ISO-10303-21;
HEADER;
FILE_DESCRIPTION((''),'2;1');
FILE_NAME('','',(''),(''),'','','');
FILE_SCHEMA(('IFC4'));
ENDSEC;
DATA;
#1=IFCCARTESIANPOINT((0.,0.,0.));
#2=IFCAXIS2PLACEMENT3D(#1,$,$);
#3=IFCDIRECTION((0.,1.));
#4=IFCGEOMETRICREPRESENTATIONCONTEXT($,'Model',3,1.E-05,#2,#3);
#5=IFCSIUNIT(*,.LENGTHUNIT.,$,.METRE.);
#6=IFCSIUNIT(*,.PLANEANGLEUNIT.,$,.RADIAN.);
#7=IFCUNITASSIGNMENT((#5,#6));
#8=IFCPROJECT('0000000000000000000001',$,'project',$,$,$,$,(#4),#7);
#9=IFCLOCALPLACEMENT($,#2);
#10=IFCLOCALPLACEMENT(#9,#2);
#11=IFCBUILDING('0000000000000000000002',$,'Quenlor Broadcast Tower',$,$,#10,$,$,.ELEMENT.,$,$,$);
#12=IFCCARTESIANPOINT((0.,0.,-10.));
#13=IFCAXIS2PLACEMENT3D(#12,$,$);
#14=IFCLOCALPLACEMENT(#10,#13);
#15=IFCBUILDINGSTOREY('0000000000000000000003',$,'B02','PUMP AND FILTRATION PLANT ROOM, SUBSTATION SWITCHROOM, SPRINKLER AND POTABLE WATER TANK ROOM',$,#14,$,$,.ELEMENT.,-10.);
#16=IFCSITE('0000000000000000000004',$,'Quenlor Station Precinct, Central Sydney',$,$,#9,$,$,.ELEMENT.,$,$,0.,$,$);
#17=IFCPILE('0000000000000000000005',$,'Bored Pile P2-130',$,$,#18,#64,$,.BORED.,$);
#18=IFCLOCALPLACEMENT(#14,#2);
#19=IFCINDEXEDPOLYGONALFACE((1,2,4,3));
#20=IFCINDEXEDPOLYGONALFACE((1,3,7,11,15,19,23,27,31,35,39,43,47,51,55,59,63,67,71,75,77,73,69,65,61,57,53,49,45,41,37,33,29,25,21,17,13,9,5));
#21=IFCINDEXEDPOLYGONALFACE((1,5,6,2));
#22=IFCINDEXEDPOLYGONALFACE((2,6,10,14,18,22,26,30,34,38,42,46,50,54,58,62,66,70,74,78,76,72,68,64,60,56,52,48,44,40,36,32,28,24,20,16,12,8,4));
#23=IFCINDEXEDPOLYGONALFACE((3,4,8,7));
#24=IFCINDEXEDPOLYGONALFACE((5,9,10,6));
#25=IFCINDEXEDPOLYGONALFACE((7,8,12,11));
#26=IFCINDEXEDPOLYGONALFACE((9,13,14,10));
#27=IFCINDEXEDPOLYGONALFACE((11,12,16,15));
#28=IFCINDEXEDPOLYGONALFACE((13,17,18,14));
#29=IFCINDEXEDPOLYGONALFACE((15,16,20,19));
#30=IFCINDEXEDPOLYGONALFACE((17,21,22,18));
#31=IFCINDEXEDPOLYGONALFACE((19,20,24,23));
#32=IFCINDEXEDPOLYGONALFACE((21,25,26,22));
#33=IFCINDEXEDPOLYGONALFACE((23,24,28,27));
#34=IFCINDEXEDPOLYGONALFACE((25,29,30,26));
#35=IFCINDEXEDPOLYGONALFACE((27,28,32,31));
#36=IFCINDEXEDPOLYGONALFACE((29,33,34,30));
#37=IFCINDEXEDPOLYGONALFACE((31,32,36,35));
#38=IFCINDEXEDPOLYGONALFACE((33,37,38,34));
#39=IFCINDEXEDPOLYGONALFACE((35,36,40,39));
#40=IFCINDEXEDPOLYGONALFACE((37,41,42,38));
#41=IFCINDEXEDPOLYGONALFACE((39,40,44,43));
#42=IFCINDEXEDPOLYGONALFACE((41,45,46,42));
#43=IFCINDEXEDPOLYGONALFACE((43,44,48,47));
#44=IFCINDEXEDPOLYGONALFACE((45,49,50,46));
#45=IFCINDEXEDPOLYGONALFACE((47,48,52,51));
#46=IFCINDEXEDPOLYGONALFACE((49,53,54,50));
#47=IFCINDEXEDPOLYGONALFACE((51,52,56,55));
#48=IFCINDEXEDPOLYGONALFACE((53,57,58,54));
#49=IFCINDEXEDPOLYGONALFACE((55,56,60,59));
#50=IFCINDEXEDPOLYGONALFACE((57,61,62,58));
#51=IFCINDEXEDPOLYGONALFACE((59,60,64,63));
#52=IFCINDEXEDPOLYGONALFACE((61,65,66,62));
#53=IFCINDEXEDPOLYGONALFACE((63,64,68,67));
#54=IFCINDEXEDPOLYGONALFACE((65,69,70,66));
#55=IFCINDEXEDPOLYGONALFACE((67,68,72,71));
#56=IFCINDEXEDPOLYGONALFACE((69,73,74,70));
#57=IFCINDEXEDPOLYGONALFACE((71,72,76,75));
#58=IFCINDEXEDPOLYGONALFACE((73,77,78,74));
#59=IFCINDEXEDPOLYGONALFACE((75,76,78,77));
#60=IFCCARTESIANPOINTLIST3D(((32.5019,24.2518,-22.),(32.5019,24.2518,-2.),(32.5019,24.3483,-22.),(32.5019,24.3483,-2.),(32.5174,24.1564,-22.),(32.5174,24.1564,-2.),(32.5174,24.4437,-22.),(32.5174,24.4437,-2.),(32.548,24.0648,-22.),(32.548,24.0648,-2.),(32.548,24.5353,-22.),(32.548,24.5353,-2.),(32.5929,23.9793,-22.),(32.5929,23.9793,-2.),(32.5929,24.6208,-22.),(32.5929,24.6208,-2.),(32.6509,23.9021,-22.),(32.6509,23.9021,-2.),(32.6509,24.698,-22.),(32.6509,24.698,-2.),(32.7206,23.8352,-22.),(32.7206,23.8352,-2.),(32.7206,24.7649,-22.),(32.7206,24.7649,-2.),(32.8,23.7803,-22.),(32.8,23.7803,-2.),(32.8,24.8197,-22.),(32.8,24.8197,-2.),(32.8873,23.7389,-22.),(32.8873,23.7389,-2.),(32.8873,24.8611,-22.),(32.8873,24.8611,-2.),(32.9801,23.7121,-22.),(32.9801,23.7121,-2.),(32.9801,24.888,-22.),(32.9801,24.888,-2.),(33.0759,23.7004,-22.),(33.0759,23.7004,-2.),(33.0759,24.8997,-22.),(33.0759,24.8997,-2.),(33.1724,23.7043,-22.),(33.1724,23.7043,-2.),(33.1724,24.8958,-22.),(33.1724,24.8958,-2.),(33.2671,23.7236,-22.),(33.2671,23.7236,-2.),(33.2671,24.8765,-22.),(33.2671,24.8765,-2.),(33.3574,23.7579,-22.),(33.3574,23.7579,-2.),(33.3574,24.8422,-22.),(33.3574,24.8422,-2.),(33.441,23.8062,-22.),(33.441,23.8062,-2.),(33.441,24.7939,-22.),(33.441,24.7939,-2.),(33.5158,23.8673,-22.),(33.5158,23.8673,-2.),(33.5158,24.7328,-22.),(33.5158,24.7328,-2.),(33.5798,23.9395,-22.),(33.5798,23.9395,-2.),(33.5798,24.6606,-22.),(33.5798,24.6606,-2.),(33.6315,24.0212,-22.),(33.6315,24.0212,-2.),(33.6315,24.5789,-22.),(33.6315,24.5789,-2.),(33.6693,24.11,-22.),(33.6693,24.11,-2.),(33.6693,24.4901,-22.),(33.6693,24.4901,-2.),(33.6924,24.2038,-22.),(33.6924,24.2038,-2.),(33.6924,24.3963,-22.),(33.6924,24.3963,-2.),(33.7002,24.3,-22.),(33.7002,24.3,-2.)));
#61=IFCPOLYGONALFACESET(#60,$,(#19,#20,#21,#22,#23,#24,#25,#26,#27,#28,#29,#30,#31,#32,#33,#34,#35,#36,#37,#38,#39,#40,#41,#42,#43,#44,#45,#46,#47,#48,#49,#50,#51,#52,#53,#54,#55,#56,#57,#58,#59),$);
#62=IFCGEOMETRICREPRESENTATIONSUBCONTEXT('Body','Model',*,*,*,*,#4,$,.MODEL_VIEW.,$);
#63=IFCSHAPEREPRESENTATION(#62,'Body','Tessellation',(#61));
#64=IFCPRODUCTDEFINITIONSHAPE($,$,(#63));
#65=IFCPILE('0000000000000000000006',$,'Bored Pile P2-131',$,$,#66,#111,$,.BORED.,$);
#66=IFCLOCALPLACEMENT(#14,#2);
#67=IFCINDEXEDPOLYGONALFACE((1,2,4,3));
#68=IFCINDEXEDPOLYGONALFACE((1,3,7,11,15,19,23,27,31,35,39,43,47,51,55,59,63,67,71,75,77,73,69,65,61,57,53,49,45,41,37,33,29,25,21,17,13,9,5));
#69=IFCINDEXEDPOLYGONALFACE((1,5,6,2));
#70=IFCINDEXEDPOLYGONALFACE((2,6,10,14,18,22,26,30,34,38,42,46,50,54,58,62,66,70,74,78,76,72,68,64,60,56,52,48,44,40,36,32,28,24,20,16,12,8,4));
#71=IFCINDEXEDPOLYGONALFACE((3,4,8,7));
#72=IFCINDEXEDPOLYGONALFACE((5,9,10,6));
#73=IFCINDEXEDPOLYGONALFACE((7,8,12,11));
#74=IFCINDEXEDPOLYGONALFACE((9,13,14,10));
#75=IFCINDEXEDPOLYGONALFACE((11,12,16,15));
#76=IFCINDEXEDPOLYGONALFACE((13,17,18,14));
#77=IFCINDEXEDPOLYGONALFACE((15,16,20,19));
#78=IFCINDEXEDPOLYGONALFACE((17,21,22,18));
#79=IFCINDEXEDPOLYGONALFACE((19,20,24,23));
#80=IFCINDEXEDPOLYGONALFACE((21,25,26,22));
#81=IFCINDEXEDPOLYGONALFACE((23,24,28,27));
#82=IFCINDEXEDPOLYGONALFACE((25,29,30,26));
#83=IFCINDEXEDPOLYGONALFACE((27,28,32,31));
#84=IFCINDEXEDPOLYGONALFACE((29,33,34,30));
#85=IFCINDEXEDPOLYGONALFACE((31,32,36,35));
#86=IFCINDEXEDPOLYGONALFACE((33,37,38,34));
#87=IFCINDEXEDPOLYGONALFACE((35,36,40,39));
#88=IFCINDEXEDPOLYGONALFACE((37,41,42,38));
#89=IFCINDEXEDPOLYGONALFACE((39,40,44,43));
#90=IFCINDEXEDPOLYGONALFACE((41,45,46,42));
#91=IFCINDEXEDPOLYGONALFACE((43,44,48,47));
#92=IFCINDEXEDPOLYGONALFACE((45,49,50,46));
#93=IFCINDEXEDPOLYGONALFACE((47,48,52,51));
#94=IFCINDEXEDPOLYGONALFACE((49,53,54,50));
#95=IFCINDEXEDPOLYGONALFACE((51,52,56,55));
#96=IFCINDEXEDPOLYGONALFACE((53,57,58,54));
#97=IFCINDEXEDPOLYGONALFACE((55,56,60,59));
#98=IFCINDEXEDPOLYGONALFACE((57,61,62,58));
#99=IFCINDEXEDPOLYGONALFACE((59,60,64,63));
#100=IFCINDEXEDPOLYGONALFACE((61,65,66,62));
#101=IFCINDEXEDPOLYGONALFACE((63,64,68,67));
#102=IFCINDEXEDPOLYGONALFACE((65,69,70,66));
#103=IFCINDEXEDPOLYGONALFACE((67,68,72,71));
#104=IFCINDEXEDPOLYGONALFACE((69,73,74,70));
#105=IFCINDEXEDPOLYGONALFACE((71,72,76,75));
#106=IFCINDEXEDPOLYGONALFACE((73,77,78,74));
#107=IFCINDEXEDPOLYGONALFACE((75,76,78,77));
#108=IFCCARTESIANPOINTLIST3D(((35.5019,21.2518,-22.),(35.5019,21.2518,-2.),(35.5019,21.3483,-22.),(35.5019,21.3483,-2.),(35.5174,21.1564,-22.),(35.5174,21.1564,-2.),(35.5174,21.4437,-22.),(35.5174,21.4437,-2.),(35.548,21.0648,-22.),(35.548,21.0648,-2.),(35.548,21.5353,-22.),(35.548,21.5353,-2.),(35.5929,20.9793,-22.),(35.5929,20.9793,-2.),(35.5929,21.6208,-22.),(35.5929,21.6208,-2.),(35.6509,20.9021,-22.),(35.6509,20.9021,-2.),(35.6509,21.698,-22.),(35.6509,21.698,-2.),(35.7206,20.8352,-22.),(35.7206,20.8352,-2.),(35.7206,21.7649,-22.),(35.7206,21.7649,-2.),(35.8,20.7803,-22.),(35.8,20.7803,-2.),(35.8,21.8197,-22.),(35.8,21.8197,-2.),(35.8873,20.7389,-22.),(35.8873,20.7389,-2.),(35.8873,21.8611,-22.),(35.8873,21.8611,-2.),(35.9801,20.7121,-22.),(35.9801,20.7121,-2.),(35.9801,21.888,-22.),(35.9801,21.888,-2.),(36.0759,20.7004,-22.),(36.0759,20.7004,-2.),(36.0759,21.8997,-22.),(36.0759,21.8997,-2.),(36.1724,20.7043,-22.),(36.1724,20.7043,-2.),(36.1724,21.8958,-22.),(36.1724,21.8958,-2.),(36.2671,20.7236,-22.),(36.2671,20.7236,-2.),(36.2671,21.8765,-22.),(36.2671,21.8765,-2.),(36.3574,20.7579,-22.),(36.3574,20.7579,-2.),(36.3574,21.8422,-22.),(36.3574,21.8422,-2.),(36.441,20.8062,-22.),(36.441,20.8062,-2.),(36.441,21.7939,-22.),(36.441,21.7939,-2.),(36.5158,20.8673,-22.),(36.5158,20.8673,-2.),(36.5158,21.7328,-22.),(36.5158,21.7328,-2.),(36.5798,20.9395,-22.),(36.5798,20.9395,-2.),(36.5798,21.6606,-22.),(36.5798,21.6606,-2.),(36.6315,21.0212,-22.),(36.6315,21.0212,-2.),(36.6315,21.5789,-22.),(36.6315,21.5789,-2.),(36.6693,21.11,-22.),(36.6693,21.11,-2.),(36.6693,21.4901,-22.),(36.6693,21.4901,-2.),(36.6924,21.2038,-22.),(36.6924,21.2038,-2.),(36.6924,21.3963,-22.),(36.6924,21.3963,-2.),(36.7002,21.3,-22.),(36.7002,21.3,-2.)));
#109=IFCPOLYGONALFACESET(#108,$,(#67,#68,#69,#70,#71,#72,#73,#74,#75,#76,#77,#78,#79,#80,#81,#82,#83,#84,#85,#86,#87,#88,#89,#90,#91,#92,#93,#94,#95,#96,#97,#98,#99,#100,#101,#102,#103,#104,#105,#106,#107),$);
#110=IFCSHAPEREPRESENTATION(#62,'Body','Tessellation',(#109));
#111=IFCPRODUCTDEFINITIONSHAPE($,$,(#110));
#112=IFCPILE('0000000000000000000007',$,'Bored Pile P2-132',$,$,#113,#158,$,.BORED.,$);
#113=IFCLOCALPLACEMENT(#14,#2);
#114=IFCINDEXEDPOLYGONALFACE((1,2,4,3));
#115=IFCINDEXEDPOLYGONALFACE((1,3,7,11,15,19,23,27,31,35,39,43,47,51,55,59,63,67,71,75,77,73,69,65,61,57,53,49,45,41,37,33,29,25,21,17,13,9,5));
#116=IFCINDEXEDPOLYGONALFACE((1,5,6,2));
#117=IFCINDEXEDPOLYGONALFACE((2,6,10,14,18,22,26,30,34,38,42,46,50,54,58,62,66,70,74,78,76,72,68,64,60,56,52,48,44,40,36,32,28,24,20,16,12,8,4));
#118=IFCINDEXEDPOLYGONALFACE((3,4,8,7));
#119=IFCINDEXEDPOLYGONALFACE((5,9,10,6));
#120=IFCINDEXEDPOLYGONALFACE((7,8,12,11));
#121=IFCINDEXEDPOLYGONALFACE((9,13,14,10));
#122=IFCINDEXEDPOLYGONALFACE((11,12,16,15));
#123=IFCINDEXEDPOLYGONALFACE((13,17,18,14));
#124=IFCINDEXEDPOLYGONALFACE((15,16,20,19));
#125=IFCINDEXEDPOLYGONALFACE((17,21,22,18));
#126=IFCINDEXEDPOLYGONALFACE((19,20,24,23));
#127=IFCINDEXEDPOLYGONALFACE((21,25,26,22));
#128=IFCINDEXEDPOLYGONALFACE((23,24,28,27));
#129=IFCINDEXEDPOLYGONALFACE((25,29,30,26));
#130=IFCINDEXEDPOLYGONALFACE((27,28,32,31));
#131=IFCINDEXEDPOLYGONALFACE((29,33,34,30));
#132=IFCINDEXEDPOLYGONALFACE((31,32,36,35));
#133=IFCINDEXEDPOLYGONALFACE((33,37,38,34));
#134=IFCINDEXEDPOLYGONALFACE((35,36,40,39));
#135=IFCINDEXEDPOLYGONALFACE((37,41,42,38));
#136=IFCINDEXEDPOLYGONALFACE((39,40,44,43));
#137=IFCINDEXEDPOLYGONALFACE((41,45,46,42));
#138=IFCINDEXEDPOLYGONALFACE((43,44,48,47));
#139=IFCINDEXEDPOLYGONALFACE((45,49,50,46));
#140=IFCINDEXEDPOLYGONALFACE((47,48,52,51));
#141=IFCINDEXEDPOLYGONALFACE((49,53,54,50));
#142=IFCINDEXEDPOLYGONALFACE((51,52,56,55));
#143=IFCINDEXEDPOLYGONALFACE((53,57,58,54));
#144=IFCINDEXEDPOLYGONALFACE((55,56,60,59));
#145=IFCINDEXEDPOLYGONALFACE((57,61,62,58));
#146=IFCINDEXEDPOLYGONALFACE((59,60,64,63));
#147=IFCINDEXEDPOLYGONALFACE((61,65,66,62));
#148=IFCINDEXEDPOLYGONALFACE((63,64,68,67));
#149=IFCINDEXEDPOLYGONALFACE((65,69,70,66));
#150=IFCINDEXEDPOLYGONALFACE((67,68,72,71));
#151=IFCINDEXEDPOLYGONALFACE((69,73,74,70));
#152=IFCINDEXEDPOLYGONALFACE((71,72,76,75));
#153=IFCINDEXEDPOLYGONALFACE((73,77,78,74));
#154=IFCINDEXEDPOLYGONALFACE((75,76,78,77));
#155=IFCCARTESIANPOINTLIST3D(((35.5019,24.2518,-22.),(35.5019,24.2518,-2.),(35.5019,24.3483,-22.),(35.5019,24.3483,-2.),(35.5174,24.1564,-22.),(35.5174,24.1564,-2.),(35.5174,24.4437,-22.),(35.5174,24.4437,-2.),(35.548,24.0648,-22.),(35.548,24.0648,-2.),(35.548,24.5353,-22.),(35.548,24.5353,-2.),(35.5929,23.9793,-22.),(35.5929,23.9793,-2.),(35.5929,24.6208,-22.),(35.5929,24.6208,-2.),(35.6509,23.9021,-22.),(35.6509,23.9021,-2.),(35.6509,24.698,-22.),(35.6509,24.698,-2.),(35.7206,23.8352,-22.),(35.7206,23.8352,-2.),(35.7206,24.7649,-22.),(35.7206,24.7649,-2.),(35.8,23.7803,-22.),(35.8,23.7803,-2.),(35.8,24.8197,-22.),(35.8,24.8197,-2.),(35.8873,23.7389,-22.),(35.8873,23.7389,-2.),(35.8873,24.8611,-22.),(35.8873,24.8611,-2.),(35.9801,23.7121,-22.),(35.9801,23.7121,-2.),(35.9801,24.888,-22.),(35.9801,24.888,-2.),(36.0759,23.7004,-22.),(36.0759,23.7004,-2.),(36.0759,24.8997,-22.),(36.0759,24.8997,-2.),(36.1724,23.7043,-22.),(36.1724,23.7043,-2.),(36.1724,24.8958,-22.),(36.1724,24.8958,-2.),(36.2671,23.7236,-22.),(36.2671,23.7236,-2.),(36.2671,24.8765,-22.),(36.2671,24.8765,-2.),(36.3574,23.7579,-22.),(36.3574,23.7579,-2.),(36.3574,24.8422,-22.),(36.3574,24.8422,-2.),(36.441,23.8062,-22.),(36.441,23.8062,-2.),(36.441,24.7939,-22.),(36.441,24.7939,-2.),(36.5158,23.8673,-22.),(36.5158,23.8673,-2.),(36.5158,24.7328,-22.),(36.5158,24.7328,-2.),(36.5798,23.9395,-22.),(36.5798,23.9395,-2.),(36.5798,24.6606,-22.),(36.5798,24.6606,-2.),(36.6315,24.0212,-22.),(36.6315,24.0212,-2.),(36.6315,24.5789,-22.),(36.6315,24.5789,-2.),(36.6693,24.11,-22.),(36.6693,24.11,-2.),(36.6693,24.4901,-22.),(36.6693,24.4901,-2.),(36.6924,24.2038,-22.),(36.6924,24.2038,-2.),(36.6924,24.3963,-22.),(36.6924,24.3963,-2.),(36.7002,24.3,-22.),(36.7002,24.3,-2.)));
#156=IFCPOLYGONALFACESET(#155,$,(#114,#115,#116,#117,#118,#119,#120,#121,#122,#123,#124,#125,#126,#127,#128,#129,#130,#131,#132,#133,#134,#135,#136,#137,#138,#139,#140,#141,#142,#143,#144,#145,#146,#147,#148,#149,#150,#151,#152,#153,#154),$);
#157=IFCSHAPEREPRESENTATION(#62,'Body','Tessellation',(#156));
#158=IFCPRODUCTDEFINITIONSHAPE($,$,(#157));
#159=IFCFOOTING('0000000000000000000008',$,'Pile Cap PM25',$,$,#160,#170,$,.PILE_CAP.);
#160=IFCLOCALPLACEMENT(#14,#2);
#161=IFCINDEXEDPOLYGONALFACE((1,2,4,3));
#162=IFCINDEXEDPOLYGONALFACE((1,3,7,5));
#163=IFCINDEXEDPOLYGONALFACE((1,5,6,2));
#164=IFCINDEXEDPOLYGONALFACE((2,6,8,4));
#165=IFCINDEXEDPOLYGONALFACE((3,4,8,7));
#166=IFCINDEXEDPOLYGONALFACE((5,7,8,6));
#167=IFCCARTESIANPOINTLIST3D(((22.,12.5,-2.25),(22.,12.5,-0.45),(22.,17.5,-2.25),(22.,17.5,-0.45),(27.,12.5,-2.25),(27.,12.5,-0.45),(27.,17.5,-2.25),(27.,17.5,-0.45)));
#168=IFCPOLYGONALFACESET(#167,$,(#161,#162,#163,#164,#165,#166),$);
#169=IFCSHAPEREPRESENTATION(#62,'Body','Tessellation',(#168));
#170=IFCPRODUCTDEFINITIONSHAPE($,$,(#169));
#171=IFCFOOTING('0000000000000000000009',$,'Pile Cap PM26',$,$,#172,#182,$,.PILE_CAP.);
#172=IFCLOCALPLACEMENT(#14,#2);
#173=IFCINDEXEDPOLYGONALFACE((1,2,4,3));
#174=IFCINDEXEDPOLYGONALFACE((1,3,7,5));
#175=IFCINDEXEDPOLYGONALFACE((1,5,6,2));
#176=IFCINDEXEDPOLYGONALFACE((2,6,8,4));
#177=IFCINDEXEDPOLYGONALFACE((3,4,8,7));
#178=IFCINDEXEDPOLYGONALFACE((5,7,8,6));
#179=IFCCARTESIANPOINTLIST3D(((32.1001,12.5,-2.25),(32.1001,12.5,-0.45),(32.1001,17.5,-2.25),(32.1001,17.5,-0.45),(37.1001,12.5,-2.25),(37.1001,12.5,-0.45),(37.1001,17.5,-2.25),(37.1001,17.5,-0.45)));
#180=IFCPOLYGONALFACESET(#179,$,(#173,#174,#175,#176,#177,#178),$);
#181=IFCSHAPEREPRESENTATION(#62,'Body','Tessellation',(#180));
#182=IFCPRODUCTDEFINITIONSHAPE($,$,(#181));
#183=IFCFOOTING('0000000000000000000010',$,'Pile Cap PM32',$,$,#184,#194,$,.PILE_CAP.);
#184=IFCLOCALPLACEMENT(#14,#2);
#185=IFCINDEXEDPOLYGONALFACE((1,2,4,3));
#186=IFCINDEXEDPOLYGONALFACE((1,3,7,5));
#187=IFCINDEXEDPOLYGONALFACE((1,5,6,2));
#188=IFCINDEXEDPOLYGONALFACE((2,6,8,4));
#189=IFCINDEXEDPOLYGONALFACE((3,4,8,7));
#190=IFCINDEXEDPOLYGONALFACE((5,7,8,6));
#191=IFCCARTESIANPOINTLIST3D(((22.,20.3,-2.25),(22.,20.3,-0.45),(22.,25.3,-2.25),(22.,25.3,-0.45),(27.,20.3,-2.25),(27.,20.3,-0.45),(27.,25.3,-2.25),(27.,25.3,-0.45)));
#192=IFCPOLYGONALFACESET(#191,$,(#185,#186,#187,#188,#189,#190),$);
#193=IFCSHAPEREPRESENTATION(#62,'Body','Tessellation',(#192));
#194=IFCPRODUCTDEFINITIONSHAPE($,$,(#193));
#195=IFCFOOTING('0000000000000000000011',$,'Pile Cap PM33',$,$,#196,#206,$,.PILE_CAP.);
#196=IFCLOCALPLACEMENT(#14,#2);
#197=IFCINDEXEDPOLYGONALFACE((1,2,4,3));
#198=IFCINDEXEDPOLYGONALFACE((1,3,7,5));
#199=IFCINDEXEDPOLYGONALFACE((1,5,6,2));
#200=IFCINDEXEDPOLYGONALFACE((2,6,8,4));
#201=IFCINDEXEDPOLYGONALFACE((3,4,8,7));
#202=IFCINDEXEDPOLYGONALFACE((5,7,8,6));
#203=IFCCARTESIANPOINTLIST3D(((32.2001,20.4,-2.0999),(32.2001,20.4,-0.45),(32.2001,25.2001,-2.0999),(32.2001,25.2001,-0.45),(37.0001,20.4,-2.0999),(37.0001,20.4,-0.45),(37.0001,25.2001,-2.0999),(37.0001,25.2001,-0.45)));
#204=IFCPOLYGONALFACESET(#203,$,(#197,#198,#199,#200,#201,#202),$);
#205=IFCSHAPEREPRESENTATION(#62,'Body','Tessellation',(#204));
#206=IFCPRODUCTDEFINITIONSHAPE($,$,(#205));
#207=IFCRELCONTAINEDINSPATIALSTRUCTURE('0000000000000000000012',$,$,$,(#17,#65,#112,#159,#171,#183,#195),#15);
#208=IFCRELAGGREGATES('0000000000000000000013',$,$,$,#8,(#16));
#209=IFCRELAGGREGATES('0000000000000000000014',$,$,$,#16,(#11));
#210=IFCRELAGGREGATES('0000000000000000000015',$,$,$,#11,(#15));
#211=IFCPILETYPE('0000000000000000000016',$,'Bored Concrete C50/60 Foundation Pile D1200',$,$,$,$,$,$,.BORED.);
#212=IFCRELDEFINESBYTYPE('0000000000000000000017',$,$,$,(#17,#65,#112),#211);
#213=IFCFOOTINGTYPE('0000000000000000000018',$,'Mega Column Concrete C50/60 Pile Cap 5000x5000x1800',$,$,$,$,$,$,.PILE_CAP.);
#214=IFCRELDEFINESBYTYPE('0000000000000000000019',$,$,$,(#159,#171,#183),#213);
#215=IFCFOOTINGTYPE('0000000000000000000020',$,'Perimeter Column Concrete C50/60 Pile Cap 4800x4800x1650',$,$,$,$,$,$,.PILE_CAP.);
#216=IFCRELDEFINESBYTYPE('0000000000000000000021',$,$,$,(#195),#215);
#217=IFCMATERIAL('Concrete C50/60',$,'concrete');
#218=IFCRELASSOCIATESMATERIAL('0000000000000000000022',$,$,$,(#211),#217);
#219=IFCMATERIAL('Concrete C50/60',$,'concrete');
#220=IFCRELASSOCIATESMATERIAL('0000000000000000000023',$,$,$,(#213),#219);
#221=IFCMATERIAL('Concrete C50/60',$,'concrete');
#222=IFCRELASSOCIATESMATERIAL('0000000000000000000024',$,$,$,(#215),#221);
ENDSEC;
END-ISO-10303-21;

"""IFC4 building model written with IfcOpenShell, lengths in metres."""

from ifc_helpers import new_model, si_unit, direction, frame, origin, origin_2d, place, context, subcontext, project, spatial, rectangle, circle, extrude, material, material_profile, profile_set, type_object, element, save


model = new_model("IFC4")

# Units and contexts
model_context = context("Model", 3, precision=1e-05, world=origin(), true_north=direction((0.0, 1.0)))
body_context = subcontext(model_context, "Body", "Model", "MODEL_VIEW")
ifc_project = project(units=[si_unit("LENGTHUNIT", "METRE"), si_unit("PLANEANGLEUNIT", "RADIAN")], contexts=[model_context])

# Site, building, storey
site_placement = place(None, origin())
site = spatial("IfcSite", under=ifc_project, at=site_placement, Name="Quenlor Station Precinct, Central Sydney", CompositionType="ELEMENT", RefElevation=0.0)
building_placement = place(site_placement, origin())
building = spatial("IfcBuilding", under=site, at=building_placement, Name="Quenlor Broadcast Tower", CompositionType="ELEMENT")
storey_placement = place(building_placement, frame((0.0, 0.0, -10.0)))
storey = spatial("IfcBuildingStorey", under=building, at=storey_placement, Name="B02", Description="PUMP AND FILTRATION PLANT ROOM, SUBSTATION SWITCHROOM, SPRINKLER AND POTABLE WATER TANK ROOM", CompositionType="ELEMENT", Elevation=-10.0)

# Piles
ifc_material_1 = material(Name="Concrete C50/60", Category="concrete")
ifc_material_profile_1 = material_profile(ifc_material_1, circle(Radius=0.6001, at=origin_2d()))
ifc_profile_set_1 = profile_set([ifc_material_profile_1], Name="Concrete C50/60 PILE1200")
pile_type = type_object("IfcPileType", Name="Bored Concrete C50/60 Foundation Pile D1200", PredefinedType="BORED", material=ifc_profile_set_1)
for number, where, z_axis, x_axis, name in (
    (1, (33.1001, 24.3, -2.0), (0.0, 0.0, -1.0), (1.0, 0.0, 0.0), "Bored Pile P2-130"),
    (2, (36.1001, 21.3, -2.0), (0.0, 0.0, -1.0), (1.0, 0.0, 0.0), "Bored Pile P2-131"),
    (3, (36.1001, 24.3, -2.0), (0.0, 0.0, -1.0), (1.0, 0.0, 0.0), "Bored Pile P2-132"),
):
    element("IfcPile", number, at=place(storey_placement, frame(where, z_axis=z_axis, x_axis=x_axis)), inside=storey, type_object=pile_type, Name=name, PredefinedType="BORED", context=body_context, shape_type="SweptSolid", body=[
        extrude(circle(Radius=0.6001, at=origin_2d()), origin(), (0.0, 0.0, 1.0), 20.0),
    ])

# Footings
ifc_material_2 = material(Name="Concrete C50/60", Category="concrete")
footing_type_1 = type_object("IfcFootingType", Name="Mega Column Concrete C50/60 Pile Cap 5000x5000x1800", PredefinedType="PILE_CAP", material=ifc_material_2)
for number, where, z_axis, x_axis, name in (
    (4, (24.5, 15.0, -2.25), (0.0, 0.0, 1.0), (1.0, 0.0, 0.0), "Pile Cap PM25"),
    (5, (34.6001, 15.0, -2.25), (0.0, 0.0, 1.0), (1.0, 0.0, 0.0), "Pile Cap PM26"),
    (6, (24.5, 22.8, -2.25), (0.0, 0.0, 1.0), (1.0, 0.0, 0.0), "Pile Cap PM32"),
):
    element("IfcFooting", number, at=place(storey_placement, frame(where, z_axis=z_axis, x_axis=x_axis)), inside=storey, type_object=footing_type_1, Name=name, PredefinedType="PILE_CAP", context=body_context, shape_type="SweptSolid", body=[
        extrude(rectangle(XDim=5.0, YDim=5.0, at=origin_2d()), origin(), (0.0, 0.0, 1.0), 1.8),
    ])
ifc_material_3 = material(Name="Concrete C50/60", Category="concrete")
footing_type_2 = type_object("IfcFootingType", Name="Perimeter Column Concrete C50/60 Pile Cap 4800x4800x1650", PredefinedType="PILE_CAP", material=ifc_material_3)
footing_1_placement = place(storey_placement, frame((34.6001, 22.8, -2.0999), z_axis=(0.0, 0.0, 1.0), x_axis=(1.0, 0.0, 0.0)))
element("IfcFooting", 7, at=footing_1_placement, inside=storey, type_object=footing_type_2, Name="Pile Cap PM33", PredefinedType="PILE_CAP", context=body_context, shape_type="SweptSolid", body=[
    extrude(rectangle(XDim=4.8, YDim=4.8, at=origin_2d()), origin(), (0.0, 0.0, 1.0), 1.6499),
])

save(model, "model.ifc")
